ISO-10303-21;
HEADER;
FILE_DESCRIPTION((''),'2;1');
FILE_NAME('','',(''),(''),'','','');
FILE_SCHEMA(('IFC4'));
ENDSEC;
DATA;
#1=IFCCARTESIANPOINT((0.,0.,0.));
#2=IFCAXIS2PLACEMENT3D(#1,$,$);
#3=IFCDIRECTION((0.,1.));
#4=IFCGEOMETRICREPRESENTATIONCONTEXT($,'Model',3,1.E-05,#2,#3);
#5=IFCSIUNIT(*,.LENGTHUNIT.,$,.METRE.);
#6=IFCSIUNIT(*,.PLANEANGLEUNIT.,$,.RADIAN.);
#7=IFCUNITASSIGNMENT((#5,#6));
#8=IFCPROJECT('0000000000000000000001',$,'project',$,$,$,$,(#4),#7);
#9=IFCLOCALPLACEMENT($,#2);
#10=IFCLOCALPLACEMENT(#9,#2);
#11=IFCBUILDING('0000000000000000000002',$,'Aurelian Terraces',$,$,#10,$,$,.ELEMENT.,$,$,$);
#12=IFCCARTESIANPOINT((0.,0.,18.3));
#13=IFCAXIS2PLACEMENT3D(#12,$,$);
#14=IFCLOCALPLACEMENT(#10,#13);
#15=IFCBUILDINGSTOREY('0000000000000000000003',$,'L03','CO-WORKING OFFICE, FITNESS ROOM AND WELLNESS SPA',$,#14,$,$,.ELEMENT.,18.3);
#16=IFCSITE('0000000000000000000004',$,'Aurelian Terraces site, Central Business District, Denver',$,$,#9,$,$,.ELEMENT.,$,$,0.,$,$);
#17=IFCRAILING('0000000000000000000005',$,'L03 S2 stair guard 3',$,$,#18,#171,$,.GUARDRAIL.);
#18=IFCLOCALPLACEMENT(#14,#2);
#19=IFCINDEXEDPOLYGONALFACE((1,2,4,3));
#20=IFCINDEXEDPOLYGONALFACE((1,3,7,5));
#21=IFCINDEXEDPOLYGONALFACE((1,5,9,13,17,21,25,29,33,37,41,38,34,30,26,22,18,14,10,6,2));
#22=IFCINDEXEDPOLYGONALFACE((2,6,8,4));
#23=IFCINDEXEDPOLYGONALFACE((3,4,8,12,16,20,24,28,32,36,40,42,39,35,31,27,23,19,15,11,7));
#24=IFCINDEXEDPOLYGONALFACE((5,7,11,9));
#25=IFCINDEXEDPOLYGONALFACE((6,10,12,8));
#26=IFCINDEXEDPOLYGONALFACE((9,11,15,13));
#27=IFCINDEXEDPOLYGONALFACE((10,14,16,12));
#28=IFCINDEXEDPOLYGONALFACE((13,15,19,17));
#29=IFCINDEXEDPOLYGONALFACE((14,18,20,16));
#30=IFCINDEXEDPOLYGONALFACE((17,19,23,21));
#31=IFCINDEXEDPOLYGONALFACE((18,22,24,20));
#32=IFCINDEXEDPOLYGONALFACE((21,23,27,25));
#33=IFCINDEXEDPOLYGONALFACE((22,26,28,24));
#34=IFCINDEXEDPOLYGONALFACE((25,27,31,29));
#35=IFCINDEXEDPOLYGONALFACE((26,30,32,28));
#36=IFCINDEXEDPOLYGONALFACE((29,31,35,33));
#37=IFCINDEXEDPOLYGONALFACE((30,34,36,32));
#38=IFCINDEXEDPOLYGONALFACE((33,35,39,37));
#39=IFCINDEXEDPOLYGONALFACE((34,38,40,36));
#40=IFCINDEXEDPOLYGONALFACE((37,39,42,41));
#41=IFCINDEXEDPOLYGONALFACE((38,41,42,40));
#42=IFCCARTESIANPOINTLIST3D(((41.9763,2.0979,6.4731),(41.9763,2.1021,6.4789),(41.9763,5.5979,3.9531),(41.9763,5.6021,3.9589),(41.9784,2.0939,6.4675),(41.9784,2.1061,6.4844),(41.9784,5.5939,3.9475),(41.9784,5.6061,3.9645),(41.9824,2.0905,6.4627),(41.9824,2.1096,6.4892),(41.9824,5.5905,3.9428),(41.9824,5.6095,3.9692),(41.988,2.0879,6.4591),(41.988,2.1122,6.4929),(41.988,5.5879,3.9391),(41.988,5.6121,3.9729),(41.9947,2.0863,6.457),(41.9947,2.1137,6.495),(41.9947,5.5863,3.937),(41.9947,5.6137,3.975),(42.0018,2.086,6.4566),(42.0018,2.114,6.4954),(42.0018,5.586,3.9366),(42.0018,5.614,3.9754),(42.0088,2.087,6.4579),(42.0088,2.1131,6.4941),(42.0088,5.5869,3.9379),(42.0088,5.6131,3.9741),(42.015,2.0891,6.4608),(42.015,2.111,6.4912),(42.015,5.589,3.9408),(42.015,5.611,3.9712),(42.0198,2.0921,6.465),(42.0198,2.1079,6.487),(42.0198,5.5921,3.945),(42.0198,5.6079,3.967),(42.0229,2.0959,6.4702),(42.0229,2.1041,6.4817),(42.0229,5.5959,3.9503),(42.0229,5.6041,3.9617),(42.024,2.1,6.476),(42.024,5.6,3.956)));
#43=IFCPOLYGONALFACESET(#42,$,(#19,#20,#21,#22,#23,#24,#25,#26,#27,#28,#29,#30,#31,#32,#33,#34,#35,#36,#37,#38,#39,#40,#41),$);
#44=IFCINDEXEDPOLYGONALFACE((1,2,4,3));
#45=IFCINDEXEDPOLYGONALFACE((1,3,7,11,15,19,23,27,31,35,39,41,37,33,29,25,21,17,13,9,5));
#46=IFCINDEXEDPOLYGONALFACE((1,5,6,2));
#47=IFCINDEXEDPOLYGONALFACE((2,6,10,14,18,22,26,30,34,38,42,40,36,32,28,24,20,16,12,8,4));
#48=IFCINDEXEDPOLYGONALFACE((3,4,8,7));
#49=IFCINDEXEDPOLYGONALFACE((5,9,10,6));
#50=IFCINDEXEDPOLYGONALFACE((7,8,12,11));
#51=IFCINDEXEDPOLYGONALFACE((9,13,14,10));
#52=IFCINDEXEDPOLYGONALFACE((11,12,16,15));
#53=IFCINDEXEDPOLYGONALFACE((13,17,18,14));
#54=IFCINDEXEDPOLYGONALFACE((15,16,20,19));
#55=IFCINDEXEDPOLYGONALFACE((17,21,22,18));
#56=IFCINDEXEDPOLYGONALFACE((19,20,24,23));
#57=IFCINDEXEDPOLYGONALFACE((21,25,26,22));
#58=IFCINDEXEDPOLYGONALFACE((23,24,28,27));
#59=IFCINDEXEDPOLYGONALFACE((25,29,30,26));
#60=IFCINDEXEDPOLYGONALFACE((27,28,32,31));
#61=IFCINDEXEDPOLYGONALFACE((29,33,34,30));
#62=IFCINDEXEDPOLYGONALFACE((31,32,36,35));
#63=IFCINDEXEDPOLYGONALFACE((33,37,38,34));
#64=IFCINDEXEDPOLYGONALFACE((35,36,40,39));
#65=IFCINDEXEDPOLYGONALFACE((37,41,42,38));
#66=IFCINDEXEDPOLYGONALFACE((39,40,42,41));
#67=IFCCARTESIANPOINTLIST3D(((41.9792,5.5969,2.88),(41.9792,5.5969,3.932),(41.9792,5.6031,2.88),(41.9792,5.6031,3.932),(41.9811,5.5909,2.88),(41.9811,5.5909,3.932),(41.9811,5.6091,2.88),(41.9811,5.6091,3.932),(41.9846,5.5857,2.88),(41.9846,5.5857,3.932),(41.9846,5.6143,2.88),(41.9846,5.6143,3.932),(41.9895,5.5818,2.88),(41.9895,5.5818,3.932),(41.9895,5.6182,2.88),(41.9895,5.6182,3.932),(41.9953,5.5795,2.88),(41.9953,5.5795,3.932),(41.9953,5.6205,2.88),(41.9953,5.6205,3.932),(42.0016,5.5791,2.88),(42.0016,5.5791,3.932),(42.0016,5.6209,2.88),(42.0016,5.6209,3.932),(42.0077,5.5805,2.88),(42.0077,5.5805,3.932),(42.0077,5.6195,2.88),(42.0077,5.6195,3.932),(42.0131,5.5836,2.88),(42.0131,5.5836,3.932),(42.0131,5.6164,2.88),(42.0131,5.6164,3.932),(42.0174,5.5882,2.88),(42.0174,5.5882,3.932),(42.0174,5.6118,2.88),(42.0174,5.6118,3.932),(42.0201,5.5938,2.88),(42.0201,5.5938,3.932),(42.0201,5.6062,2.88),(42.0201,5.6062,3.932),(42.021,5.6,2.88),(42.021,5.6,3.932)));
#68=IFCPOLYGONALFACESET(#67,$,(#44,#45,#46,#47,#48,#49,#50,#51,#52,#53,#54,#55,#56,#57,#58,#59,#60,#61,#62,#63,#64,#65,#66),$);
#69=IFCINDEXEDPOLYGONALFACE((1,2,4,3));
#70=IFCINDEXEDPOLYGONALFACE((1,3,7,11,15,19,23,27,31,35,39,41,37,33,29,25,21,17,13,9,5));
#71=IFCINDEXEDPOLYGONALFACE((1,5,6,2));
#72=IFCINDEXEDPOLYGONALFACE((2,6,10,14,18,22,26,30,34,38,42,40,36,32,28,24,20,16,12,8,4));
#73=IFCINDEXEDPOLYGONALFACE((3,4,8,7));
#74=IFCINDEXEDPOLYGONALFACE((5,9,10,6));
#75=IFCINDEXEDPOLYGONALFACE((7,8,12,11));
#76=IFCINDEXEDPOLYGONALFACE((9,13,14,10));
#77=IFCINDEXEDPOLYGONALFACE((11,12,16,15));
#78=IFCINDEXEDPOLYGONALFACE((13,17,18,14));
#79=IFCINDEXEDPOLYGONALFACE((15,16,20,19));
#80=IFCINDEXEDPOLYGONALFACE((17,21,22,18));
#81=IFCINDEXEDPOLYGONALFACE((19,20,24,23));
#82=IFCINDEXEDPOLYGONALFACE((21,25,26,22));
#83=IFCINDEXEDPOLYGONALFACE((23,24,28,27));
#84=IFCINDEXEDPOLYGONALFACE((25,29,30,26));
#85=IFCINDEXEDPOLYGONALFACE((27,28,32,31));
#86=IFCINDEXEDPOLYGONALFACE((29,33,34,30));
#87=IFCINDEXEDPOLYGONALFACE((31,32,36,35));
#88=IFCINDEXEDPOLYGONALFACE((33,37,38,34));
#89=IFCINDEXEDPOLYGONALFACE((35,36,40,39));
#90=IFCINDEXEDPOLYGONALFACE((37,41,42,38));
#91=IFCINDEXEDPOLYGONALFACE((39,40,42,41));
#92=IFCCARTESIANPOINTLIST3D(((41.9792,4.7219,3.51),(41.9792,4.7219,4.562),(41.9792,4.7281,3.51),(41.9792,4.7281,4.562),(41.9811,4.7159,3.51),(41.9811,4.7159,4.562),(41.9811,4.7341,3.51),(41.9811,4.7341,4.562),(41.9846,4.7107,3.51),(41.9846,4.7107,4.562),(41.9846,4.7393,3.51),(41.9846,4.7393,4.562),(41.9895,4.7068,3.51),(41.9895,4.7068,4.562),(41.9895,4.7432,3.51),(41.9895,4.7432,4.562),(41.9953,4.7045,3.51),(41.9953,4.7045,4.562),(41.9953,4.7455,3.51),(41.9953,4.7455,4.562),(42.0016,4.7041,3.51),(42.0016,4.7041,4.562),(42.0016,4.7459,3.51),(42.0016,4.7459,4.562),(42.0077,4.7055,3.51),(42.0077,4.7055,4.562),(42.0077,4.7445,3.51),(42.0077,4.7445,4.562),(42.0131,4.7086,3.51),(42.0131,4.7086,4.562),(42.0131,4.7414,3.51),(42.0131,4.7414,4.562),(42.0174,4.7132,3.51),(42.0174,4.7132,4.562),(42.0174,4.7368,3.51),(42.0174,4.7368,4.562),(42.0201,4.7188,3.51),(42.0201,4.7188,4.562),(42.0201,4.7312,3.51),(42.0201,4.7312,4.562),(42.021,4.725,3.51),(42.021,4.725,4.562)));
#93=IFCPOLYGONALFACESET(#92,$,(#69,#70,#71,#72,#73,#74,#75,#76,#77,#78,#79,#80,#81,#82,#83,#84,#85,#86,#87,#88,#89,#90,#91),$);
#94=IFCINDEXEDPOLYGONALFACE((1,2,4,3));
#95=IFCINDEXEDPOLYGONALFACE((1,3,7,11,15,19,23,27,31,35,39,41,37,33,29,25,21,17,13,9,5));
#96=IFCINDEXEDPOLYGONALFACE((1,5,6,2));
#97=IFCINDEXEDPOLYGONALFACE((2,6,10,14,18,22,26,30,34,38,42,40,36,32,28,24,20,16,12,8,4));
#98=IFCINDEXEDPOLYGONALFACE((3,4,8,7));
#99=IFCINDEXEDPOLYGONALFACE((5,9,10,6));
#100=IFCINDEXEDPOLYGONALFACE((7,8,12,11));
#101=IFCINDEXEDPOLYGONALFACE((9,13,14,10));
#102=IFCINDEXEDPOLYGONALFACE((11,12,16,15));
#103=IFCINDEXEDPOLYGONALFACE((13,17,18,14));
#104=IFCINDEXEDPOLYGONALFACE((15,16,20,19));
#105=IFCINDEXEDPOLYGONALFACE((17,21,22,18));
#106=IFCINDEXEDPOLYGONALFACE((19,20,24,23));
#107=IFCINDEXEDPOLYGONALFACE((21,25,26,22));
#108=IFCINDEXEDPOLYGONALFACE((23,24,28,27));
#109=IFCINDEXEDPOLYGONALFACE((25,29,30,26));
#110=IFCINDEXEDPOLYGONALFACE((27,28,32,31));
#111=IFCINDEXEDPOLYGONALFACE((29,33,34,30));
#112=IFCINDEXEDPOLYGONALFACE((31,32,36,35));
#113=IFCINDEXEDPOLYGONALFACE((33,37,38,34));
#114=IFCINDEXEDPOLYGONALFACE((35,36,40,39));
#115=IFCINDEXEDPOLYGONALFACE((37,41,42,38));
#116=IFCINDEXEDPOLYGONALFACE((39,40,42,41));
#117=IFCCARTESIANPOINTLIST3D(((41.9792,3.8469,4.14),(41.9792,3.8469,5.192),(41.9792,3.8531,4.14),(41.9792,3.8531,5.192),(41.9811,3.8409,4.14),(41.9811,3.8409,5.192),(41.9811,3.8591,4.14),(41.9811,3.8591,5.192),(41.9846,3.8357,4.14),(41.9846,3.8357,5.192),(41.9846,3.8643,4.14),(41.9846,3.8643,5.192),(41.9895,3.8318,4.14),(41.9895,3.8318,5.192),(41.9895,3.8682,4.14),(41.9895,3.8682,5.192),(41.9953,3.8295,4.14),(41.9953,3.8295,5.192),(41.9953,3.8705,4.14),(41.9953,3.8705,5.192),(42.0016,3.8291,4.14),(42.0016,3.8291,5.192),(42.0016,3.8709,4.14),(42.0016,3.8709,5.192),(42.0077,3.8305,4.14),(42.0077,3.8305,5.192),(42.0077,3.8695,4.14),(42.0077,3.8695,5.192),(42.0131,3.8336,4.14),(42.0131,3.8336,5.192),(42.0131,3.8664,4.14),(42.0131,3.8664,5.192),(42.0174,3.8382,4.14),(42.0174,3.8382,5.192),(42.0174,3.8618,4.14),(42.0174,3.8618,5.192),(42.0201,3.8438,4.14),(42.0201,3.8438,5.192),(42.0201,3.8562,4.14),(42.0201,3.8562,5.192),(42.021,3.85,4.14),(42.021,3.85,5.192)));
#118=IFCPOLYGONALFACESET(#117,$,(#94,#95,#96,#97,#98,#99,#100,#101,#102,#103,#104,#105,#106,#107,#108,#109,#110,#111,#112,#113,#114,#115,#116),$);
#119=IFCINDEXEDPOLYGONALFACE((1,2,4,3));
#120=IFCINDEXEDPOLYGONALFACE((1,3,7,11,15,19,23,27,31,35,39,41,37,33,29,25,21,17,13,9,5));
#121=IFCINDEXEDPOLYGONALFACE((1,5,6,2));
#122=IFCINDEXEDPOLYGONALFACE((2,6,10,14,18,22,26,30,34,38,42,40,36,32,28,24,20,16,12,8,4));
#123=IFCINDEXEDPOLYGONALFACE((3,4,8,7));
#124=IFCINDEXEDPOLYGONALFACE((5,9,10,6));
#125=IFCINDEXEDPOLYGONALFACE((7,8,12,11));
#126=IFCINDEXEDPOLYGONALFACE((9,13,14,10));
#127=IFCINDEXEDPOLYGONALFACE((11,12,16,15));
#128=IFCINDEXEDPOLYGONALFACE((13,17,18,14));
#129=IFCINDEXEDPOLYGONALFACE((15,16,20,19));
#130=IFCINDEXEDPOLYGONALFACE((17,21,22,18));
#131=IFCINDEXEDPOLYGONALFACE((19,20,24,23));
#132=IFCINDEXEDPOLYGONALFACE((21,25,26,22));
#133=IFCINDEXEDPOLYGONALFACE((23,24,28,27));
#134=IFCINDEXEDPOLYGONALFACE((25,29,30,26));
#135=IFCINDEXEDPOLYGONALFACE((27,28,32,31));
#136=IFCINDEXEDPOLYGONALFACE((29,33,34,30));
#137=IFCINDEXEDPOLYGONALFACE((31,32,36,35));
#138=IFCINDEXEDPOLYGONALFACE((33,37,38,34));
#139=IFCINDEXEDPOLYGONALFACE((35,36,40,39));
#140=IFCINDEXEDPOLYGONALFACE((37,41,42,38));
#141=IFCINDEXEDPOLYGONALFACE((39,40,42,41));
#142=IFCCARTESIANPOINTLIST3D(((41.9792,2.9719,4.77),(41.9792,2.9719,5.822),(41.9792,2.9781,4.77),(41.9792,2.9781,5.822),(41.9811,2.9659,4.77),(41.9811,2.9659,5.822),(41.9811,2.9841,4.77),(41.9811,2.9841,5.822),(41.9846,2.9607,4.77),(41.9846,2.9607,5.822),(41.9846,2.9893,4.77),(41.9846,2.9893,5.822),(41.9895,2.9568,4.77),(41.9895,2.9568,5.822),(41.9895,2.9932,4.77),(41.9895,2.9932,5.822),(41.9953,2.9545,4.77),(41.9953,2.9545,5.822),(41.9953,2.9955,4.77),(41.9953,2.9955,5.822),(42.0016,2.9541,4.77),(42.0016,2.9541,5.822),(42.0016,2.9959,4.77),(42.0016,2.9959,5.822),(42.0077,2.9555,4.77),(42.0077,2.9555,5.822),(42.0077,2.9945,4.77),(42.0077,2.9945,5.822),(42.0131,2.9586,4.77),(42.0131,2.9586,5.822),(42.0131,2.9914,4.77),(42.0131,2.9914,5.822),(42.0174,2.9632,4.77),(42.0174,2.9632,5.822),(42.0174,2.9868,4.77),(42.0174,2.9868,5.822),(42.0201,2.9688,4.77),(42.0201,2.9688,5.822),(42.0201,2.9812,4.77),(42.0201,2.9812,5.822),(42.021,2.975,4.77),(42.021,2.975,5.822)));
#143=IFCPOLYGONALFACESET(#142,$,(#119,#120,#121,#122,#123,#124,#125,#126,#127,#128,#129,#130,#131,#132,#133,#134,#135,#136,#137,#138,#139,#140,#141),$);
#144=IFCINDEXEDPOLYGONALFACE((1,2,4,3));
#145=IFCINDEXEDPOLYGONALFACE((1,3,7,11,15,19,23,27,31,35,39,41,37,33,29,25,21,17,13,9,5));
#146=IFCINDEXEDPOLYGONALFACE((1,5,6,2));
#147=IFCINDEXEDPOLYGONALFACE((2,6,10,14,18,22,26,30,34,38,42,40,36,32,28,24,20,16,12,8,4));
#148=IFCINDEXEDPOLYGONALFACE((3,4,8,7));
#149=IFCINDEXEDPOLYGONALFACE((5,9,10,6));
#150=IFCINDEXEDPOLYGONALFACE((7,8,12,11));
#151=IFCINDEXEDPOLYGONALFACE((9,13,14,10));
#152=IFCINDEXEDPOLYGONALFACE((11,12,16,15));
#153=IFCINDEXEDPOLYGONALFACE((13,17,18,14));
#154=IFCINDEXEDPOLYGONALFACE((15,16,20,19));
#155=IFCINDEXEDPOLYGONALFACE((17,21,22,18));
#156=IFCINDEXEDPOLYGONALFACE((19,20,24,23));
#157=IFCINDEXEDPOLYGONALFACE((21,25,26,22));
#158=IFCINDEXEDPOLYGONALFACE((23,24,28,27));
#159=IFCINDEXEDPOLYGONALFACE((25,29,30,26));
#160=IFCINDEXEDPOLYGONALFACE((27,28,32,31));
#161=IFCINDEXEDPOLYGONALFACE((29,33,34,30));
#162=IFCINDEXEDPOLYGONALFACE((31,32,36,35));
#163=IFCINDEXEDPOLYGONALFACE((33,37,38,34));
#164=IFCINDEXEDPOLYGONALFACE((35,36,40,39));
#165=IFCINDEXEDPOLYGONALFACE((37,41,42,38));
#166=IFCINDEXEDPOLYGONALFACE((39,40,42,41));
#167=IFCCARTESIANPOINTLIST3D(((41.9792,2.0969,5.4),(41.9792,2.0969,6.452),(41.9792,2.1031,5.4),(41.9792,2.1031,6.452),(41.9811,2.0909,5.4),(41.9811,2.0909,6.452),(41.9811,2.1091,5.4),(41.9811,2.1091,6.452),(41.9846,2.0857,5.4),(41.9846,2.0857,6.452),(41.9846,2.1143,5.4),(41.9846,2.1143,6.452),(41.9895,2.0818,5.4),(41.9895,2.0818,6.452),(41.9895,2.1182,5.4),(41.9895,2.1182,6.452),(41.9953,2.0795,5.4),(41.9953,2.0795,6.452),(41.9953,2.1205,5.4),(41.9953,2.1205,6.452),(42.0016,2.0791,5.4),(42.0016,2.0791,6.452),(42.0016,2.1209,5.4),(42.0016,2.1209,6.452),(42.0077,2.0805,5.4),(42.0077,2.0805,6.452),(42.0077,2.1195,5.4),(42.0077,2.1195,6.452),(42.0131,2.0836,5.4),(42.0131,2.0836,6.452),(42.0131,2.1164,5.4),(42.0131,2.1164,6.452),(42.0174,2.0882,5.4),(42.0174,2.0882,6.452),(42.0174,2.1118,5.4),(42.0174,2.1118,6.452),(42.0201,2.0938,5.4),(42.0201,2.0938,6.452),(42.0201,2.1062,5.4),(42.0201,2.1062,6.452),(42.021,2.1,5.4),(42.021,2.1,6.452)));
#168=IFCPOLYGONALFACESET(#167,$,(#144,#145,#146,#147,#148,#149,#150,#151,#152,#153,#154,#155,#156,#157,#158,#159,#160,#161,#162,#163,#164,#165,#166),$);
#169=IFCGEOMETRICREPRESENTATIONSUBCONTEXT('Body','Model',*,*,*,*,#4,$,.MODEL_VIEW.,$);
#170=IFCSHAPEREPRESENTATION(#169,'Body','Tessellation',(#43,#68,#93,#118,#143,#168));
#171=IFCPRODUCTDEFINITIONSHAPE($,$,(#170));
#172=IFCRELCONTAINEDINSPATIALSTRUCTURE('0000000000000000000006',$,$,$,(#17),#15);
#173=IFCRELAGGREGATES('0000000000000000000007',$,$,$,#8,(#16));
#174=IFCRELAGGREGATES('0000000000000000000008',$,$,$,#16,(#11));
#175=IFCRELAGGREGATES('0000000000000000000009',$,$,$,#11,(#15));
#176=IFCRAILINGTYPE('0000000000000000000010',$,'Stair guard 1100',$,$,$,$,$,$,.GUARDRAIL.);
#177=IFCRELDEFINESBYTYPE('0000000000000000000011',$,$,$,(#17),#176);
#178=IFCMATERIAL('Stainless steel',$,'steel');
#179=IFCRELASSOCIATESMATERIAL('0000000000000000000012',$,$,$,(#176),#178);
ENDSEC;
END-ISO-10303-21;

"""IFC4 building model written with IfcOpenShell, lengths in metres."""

from ifc_helpers import new_model, si_unit, direction, frame, origin, origin_2d, place, context, subcontext, project, spatial, circle, extrude, source, transform, mapped, material, type_object, element, save


model = new_model("IFC4")

# Units and contexts
model_context = context("Model", 3, precision=1e-05, world=origin(), true_north=direction((0.0, 1.0)))
body_context = subcontext(model_context, "Body", "Model", "MODEL_VIEW")
ifc_project = project(units=[si_unit("LENGTHUNIT", "METRE"), si_unit("PLANEANGLEUNIT", "RADIAN")], contexts=[model_context])

# Site, building, storey
site_placement = place(None, origin())
site = spatial("IfcSite", under=ifc_project, at=site_placement, Name="Aurelian Terraces site, Central Business District, Denver", CompositionType="ELEMENT", RefElevation=0.0)
building_placement = place(site_placement, origin())
building = spatial("IfcBuilding", under=site, at=building_placement, Name="Aurelian Terraces", CompositionType="ELEMENT")
storey_placement = place(building_placement, frame((0.0, 0.0, 18.3)))
storey = spatial("IfcBuildingStorey", under=building, at=storey_placement, Name="L03", Description="CO-WORKING OFFICE, FITNESS ROOM AND WELLNESS SPA", CompositionType="ELEMENT", Elevation=18.3)

# Railing
ifc_material_1 = material(Name="Stainless steel", Category="steel")
railing_type_1 = type_object("IfcRailingType", Name="Stair guard 1100", PredefinedType="GUARDRAIL", material=ifc_material_1)
shared_shape_1 = source(origin(), body_context, "Body", "SweptSolid", [
    extrude(circle(Radius=0.024, at=origin_2d()), frame((0.0, 0.0, 1.076), z_axis=(0.0, -0.811534, 0.584305), x_axis=(1.0, 0.0, 0.0)), (0.0, 0.0, 1.0), 4.3128),
    extrude(circle(Radius=0.021, at=origin_2d()), origin(), (0.0, 0.0, 1.0), 1.052),
    extrude(circle(Radius=0.021, at=origin_2d()), frame((0.0, -0.875, 0.63)), (0.0, 0.0, 1.0), 1.052),
    extrude(circle(Radius=0.021, at=origin_2d()), frame((0.0, -1.75, 1.26)), (0.0, 0.0, 1.0), 1.052),
    extrude(circle(Radius=0.021, at=origin_2d()), frame((0.0, -2.625, 1.89)), (0.0, 0.0, 1.0), 1.052),
    extrude(circle(Radius=0.021, at=origin_2d()), frame((0.0, -3.5, 2.52)), (0.0, 0.0, 1.0), 1.052),
])
railing_1_placement = place(storey_placement, frame((42.0, 5.6, 2.88)))
element("IfcRailing", 1, at=railing_1_placement, inside=storey, type_object=railing_type_1, Name="L03 S2 stair guard 3", PredefinedType="GUARDRAIL", context=body_context, shape_type="MappedRepresentation", body=[
    mapped(shared_shape_1, transform((0.0, 0.0, 0.0), scale=1.0)),
])

save(model, "model.ifc")
